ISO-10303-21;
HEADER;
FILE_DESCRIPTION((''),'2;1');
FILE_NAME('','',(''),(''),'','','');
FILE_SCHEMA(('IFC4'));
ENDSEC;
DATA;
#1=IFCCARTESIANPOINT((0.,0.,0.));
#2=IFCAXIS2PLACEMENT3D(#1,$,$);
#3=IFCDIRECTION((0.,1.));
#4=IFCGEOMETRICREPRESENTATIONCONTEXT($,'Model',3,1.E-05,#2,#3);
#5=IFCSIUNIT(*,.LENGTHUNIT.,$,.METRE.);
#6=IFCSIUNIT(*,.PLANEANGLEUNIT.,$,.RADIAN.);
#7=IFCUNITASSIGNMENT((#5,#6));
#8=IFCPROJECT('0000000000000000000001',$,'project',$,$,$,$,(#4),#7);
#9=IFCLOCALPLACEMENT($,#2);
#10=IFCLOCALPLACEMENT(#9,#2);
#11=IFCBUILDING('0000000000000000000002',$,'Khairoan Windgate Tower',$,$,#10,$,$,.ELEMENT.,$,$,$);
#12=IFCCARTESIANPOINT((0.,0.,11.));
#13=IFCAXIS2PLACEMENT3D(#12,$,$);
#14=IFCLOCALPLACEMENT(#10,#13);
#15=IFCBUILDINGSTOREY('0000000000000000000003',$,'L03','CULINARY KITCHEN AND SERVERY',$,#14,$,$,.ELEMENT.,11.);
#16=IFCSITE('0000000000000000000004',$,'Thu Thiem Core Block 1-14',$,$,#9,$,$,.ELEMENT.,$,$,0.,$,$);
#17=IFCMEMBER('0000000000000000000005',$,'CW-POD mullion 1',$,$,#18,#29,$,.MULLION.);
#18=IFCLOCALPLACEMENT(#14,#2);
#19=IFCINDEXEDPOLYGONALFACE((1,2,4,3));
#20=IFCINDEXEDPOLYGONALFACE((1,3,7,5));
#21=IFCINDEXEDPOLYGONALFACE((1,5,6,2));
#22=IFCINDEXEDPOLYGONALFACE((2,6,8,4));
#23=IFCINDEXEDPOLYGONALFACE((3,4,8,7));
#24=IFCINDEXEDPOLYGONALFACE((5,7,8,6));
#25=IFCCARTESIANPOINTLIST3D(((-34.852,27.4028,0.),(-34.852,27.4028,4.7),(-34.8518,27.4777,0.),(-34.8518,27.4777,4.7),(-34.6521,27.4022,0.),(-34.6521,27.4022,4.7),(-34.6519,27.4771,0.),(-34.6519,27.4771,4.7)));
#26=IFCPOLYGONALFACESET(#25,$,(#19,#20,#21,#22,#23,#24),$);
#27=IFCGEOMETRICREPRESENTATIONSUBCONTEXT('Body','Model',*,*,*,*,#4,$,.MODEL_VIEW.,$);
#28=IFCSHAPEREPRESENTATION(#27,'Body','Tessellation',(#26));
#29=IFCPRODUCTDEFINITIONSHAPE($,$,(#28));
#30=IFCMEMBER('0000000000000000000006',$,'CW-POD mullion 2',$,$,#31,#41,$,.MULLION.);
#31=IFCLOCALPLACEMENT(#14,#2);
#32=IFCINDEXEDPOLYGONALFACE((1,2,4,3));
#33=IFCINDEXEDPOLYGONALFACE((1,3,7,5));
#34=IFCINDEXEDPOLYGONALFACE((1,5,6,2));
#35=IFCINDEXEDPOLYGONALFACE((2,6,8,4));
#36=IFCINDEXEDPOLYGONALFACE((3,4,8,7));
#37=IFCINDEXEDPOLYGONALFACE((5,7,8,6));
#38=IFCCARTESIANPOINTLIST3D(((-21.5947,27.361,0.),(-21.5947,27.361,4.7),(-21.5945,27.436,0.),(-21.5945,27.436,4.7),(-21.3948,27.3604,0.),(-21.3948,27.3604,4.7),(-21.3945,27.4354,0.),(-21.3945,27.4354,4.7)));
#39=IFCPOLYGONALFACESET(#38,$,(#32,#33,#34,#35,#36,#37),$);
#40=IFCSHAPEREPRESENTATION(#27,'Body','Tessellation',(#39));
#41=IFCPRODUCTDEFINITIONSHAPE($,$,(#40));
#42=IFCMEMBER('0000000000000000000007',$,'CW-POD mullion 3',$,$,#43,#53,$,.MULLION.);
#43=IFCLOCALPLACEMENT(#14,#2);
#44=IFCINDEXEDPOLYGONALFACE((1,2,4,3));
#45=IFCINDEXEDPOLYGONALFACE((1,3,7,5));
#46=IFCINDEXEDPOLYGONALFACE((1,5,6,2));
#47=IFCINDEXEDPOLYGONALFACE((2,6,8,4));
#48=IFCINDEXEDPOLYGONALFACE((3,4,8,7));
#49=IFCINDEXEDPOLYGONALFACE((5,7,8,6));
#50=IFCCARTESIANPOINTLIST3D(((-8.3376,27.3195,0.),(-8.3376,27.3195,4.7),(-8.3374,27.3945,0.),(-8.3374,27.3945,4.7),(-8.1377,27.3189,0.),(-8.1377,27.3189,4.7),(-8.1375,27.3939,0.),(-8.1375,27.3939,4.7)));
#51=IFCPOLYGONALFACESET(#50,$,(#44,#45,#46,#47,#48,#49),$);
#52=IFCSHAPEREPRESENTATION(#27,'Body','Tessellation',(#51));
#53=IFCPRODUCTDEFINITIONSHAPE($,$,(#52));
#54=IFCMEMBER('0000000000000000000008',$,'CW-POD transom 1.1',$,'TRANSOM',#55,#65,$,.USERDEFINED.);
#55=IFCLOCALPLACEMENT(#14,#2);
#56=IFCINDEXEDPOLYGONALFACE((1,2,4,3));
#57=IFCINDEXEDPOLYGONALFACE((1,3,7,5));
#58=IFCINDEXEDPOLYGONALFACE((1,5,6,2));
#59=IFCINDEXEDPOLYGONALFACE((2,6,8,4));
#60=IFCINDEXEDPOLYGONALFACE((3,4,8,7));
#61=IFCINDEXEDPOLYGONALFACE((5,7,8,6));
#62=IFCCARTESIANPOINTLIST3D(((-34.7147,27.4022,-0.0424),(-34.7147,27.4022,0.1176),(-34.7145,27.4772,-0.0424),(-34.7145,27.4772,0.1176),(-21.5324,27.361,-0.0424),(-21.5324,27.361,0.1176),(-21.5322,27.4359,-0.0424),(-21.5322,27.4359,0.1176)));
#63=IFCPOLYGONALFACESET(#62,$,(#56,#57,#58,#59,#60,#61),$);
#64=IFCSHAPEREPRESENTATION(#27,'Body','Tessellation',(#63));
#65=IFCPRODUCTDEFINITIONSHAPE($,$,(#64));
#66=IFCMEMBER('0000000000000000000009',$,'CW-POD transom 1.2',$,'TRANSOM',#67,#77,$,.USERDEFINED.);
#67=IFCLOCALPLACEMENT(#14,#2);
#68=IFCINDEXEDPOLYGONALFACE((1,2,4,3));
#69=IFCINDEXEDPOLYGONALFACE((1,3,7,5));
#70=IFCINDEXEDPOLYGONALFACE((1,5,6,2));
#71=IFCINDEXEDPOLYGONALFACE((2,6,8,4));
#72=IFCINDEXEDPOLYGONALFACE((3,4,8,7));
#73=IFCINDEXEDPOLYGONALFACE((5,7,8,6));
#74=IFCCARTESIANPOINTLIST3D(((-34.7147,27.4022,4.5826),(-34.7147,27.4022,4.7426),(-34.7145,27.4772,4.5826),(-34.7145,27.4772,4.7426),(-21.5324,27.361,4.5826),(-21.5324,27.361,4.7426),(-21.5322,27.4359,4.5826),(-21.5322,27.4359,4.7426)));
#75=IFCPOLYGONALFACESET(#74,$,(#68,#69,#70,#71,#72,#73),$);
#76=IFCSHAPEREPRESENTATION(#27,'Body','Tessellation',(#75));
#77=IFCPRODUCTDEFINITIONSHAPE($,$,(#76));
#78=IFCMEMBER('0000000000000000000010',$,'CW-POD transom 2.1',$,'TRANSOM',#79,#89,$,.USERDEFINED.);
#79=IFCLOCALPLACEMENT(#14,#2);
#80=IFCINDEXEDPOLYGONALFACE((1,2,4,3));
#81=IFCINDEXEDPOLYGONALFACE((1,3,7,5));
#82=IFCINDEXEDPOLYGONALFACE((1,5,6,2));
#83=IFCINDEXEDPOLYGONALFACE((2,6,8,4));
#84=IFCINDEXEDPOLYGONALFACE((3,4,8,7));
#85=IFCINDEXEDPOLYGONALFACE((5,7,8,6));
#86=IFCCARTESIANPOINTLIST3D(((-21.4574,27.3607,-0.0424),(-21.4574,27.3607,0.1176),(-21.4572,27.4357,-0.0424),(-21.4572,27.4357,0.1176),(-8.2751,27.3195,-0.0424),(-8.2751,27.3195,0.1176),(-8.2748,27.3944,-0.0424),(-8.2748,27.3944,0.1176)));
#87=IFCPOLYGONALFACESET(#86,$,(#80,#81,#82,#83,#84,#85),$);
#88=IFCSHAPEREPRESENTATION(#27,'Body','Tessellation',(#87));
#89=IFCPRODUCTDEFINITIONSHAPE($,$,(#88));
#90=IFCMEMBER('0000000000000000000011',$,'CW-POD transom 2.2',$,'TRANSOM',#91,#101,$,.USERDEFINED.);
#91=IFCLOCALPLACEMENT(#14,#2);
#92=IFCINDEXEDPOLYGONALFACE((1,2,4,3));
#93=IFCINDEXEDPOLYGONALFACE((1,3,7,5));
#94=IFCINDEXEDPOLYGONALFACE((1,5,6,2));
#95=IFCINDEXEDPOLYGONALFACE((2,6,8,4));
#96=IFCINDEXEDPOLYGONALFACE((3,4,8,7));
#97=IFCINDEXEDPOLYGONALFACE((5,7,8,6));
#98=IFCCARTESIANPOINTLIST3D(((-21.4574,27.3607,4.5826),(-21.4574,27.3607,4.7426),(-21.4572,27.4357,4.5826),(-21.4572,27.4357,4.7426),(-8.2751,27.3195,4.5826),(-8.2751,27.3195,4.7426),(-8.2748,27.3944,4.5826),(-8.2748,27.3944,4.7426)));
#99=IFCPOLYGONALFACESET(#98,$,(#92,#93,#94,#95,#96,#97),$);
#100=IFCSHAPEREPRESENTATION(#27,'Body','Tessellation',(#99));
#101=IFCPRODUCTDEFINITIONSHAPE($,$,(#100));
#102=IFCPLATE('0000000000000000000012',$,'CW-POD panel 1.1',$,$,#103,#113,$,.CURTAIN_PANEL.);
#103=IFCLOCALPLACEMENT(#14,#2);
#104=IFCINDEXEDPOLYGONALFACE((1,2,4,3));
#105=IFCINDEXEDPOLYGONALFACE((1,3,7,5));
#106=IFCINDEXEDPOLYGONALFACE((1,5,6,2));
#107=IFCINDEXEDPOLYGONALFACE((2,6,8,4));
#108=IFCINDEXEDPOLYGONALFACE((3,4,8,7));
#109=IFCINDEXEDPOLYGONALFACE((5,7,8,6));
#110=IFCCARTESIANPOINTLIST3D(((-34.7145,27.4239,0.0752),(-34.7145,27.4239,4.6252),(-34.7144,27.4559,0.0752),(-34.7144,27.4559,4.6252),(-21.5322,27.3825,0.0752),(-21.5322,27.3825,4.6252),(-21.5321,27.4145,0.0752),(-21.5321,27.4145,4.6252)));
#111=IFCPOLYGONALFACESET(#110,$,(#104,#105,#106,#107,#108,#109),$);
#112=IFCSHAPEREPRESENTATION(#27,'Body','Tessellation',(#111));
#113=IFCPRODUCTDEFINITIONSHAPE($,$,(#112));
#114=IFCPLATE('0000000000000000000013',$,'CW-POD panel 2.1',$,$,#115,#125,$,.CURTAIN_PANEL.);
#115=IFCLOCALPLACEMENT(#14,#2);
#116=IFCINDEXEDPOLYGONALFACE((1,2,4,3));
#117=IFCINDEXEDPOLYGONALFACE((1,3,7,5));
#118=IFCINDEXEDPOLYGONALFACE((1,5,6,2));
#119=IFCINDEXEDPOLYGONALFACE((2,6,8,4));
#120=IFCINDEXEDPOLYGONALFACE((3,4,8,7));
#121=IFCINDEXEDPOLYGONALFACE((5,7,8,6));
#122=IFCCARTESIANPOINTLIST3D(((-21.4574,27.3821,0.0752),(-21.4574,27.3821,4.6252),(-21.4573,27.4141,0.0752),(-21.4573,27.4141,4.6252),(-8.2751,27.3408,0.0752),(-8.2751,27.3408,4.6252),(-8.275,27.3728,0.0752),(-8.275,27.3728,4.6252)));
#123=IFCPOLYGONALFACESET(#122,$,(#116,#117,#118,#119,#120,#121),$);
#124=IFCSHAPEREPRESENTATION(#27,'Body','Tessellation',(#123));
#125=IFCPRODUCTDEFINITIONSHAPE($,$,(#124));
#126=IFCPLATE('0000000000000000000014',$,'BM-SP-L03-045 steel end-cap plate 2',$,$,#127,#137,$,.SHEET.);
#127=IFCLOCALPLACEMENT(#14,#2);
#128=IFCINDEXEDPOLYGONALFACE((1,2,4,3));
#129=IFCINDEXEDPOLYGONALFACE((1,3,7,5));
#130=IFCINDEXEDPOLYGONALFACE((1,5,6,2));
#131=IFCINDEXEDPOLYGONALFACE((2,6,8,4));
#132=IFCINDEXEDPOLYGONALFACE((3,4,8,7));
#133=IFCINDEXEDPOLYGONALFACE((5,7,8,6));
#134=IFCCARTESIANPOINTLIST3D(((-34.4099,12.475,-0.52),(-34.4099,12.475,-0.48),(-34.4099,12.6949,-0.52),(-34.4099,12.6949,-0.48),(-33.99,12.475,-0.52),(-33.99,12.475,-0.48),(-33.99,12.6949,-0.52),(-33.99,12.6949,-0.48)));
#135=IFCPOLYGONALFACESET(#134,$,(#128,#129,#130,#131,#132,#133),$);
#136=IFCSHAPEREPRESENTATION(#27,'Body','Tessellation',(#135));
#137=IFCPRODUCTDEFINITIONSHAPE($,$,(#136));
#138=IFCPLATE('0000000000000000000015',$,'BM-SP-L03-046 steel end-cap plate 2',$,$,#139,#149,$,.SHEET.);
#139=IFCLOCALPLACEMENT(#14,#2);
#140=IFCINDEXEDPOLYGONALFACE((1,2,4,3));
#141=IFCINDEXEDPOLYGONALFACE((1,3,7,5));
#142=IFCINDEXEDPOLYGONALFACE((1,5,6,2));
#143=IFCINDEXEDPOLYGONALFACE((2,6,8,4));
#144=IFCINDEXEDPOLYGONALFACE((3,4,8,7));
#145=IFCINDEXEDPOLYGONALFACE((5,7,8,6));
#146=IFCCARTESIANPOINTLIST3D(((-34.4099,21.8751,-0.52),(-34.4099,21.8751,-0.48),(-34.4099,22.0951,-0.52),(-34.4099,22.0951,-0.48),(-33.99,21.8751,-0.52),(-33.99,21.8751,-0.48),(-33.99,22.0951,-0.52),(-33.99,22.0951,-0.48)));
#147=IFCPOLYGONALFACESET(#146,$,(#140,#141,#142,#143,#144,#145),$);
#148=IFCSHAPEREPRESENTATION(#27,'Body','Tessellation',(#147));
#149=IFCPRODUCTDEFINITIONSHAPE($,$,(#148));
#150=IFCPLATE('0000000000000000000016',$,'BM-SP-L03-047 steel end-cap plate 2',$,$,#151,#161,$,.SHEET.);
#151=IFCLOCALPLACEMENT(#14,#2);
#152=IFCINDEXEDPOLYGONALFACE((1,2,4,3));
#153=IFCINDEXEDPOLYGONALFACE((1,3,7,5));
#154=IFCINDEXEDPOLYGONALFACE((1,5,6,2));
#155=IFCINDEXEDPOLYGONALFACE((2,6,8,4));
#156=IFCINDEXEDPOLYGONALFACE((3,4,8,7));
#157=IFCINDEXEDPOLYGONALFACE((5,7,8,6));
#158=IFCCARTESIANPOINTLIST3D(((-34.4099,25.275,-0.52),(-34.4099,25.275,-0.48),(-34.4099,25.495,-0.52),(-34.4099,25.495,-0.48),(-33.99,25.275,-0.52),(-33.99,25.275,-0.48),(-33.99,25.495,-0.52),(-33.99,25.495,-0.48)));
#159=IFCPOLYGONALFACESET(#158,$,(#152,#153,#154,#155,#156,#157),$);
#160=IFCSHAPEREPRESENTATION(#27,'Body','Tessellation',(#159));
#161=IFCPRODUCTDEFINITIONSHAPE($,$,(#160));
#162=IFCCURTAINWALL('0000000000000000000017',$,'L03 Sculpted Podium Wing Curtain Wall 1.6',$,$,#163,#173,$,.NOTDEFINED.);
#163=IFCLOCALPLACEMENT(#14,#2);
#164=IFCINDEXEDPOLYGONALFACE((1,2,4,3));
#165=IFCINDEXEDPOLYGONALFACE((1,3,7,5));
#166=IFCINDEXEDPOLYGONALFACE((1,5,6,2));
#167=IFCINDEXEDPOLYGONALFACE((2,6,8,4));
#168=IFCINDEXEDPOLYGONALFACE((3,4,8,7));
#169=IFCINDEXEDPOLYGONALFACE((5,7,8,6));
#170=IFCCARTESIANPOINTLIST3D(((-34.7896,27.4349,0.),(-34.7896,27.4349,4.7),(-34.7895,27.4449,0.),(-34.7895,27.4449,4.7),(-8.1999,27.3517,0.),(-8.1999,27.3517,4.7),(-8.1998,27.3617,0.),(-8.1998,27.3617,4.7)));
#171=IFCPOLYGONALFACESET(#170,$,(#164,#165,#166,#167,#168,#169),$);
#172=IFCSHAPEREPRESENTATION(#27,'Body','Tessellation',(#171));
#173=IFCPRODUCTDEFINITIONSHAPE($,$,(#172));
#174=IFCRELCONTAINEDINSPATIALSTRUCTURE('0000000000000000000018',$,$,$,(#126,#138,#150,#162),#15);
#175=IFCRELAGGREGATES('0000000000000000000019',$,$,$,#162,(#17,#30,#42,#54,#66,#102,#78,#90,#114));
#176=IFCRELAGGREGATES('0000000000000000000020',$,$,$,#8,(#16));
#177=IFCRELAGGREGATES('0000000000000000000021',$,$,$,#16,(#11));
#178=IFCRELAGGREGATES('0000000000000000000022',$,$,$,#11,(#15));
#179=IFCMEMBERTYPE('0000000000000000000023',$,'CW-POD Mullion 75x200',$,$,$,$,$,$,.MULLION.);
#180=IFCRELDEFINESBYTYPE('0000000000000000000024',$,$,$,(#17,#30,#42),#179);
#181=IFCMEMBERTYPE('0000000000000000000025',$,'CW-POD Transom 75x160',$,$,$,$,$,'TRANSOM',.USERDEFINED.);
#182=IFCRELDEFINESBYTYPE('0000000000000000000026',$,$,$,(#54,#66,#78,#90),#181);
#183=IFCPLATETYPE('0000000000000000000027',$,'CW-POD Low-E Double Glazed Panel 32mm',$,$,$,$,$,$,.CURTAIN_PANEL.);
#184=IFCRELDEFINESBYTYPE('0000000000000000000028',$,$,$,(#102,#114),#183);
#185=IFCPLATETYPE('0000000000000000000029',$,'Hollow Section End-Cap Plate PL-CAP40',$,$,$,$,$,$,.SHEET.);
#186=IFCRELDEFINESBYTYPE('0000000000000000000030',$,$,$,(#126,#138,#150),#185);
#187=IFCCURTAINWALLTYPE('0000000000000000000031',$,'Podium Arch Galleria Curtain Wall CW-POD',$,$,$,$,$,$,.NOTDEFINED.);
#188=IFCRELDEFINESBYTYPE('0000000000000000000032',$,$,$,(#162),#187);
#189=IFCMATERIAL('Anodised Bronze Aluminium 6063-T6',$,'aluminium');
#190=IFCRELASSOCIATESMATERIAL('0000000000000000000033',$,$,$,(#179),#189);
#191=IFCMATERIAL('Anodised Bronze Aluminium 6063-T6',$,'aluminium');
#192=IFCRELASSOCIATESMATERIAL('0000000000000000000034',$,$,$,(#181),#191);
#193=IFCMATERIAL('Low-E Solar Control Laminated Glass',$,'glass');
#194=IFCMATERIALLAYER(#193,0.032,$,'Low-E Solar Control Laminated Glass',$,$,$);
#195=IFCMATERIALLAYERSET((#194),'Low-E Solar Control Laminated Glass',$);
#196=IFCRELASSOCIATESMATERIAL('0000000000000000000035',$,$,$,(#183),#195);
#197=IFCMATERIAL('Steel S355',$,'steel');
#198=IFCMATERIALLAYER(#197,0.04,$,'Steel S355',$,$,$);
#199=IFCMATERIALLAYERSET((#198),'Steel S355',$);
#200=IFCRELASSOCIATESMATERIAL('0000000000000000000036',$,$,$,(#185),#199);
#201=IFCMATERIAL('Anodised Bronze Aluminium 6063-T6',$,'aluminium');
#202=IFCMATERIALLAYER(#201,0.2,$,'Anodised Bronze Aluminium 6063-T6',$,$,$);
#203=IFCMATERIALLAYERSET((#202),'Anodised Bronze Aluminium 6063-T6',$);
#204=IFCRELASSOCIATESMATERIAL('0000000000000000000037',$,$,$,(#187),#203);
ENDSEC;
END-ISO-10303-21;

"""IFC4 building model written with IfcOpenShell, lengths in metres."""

from ifc_helpers import new_model, si_unit, direction, frame, frame_2d, origin, origin_2d, place, context, subcontext, project, spatial, rectangle, extrude, material, layer, layer_set, material_profile, profile_set, type_object, element, aggregate, save


model = new_model("IFC4")

# Units and contexts
model_context = context("Model", 3, precision=1e-05, world=origin(), true_north=direction((0.0, 1.0)))
body_context = subcontext(model_context, "Body", "Model", "MODEL_VIEW")
ifc_project = project(units=[si_unit("LENGTHUNIT", "METRE"), si_unit("PLANEANGLEUNIT", "RADIAN")], contexts=[model_context])

# Site, building, storey
site_placement = place(None, origin())
site = spatial("IfcSite", under=ifc_project, at=site_placement, Name="Thu Thiem Core Block 1-14", CompositionType="ELEMENT", RefElevation=0.0)
building_placement = place(site_placement, origin())
building = spatial("IfcBuilding", under=site, at=building_placement, Name="Khairoan Windgate Tower", CompositionType="ELEMENT")
storey_placement = place(building_placement, frame((0.0, 0.0, 11.0)))
storey = spatial("IfcBuildingStorey", under=building, at=storey_placement, Name="L03", Description="CULINARY KITCHEN AND SERVERY", CompositionType="ELEMENT", Elevation=11.0)

# Members
ifc_material_1 = material(Name="Anodised Bronze Aluminium 6063-T6", Category="aluminium")
ifc_material_profile_1 = material_profile(ifc_material_1, rectangle(XDim=0.075, YDim=0.2, at=origin_2d()))
ifc_profile_set_1 = profile_set([ifc_material_profile_1], Name="Anodised Bronze Aluminium 6063-T6")
member_type_1 = type_object("IfcMemberType", Name="CW-POD Mullion 75x200", PredefinedType="MULLION", material=ifc_profile_set_1)
member_1_placement = place(storey_placement, frame((-34.752, 27.4399, 0.0), z_axis=(0.0, 0.0, 1.0), x_axis=(0.003137, 0.999995, 0.0)))
member_1 = element("IfcMember", 1, at=member_1_placement, type_object=member_type_1, Name="CW-POD mullion 1", PredefinedType="MULLION", context=body_context, shape_type="SweptSolid", body=[
    extrude(rectangle(XDim=0.075, YDim=0.2, at=origin_2d()), origin(), (0.0, 0.0, 1.0), 4.7),
])
member_2_placement = place(storey_placement, frame((-21.4946, 27.3982, 0.0), z_axis=(0.0, 0.0, 1.0), x_axis=(0.003137, 0.999995, 0.0)))
member_2 = element("IfcMember", 2, at=member_2_placement, type_object=member_type_1, Name="CW-POD mullion 2", PredefinedType="MULLION", context=body_context, shape_type="SweptSolid", body=[
    extrude(rectangle(XDim=0.075, YDim=0.2, at=origin_2d()), origin(), (0.0, 0.0, 1.0), 4.7),
])
member_3_placement = place(storey_placement, frame((-8.2375, 27.3567, 0.0), z_axis=(0.0, 0.0, 1.0), x_axis=(0.003137, 0.999995, 0.0)))
member_3 = element("IfcMember", 3, at=member_3_placement, type_object=member_type_1, Name="CW-POD mullion 3", PredefinedType="MULLION", context=body_context, shape_type="SweptSolid", body=[
    extrude(rectangle(XDim=0.075, YDim=0.2, at=origin_2d()), origin(), (0.0, 0.0, 1.0), 4.7),
])
ifc_material_2 = material(Name="Anodised Bronze Aluminium 6063-T6", Category="aluminium")
ifc_material_profile_2 = material_profile(ifc_material_2, rectangle(XDim=0.075, YDim=0.1599, at=origin_2d()))
ifc_profile_set_2 = profile_set([ifc_material_profile_2], Name="Anodised Bronze Aluminium 6063-T6")
member_type_2 = type_object("IfcMemberType", Name="CW-POD Transom 75x160", ElementType="TRANSOM", PredefinedType="USERDEFINED", material=ifc_profile_set_2)
member_4_placement = place(storey_placement, frame((-34.7146, 27.4397, 0.0376), z_axis=(0.999995, -0.00313, 0.0), x_axis=(0.00313, 0.999995, 0.0)))
member_4 = element("IfcMember", 4, at=member_4_placement, type_object=member_type_2, Name="CW-POD transom 1.1", ObjectType="TRANSOM", PredefinedType="USERDEFINED", context=body_context, shape_type="SweptSolid", body=[
    extrude(rectangle(XDim=0.075, YDim=0.1599, at=origin_2d()), origin(), (0.0, 0.0, 1.0), 13.1824),
])
member_5_placement = place(storey_placement, frame((-34.7146, 27.4397, 4.6626), z_axis=(0.999995, -0.00313, 0.0), x_axis=(0.00313, 0.999995, 0.0)))
member_5 = element("IfcMember", 5, at=member_5_placement, type_object=member_type_2, Name="CW-POD transom 1.2", ObjectType="TRANSOM", PredefinedType="USERDEFINED", context=body_context, shape_type="SweptSolid", body=[
    extrude(rectangle(XDim=0.075, YDim=0.1599, at=origin_2d()), origin(), (0.0, 0.0, 1.0), 13.1824),
])
member_6_placement = place(storey_placement, frame((-21.4573, 27.3982, 0.0376), z_axis=(0.999995, -0.00313, 0.0), x_axis=(0.00313, 0.999995, 0.0)))
member_6 = element("IfcMember", 6, at=member_6_placement, type_object=member_type_2, Name="CW-POD transom 2.1", ObjectType="TRANSOM", PredefinedType="USERDEFINED", context=body_context, shape_type="SweptSolid", body=[
    extrude(rectangle(XDim=0.075, YDim=0.1599, at=origin_2d()), origin(), (0.0, 0.0, 1.0), 13.1824),
])
member_7_placement = place(storey_placement, frame((-21.4573, 27.3982, 4.6626), z_axis=(0.999995, -0.00313, 0.0), x_axis=(0.00313, 0.999995, 0.0)))
member_7 = element("IfcMember", 7, at=member_7_placement, type_object=member_type_2, Name="CW-POD transom 2.2", ObjectType="TRANSOM", PredefinedType="USERDEFINED", context=body_context, shape_type="SweptSolid", body=[
    extrude(rectangle(XDim=0.075, YDim=0.1599, at=origin_2d()), origin(), (0.0, 0.0, 1.0), 13.1824),
])

# Plates
ifc_material_3 = material(Name="Low-E Solar Control Laminated Glass", Category="glass")
ifc_layer_1 = layer(ifc_material_3, 0.032, Name="Low-E Solar Control Laminated Glass")
ifc_layer_set_1 = layer_set([ifc_layer_1], Name="Low-E Solar Control Laminated Glass")
plate_type_1 = type_object("IfcPlateType", Name="CW-POD Low-E Double Glazed Panel 32mm", PredefinedType="CURTAIN_PANEL", material=ifc_layer_set_1)
plate_1_placement = place(storey_placement, frame((-28.1233, 27.4192, 0.0752), z_axis=(0.0, 0.0, 1.0), x_axis=(0.999995, -0.003137, 0.0)))
plate_1 = element("IfcPlate", 8, at=plate_1_placement, type_object=plate_type_1, Name="CW-POD panel 1.1", PredefinedType="CURTAIN_PANEL", context=body_context, shape_type="SweptSolid", body=[
    extrude(rectangle(XDim=13.1824, YDim=0.032, at=origin_2d()), origin(), (0.0, 0.0, 1.0), 4.55),
])
plate_2_placement = place(storey_placement, frame((-14.8662, 27.3774, 0.0752), z_axis=(0.0, 0.0, 1.0), x_axis=(0.999995, -0.003137, 0.0)))
plate_2 = element("IfcPlate", 9, at=plate_2_placement, type_object=plate_type_1, Name="CW-POD panel 2.1", PredefinedType="CURTAIN_PANEL", context=body_context, shape_type="SweptSolid", body=[
    extrude(rectangle(XDim=13.1824, YDim=0.032, at=origin_2d()), origin(), (0.0, 0.0, 1.0), 4.55),
])

# Plates
ifc_material_4 = material(Name="Steel S355", Category="steel")
ifc_layer_2 = layer(ifc_material_4, 0.04, Name="Steel S355")
ifc_layer_set_2 = layer_set([ifc_layer_2], Name="Steel S355")
plate_type_2 = type_object("IfcPlateType", Name="Hollow Section End-Cap Plate PL-CAP40", PredefinedType="SHEET", material=ifc_layer_set_2)
for number, where, z_axis, x_axis, name in (
    (10, (-34.2, 12.585, -0.52), (0.0, 0.0, 1.0), (0.0, 1.0, 0.0), "BM-SP-L03-045 steel end-cap plate 2"),
    (11, (-34.2, 21.9851, -0.52), (0.0, 0.0, 1.0), (0.0, 1.0, 0.0), "BM-SP-L03-046 steel end-cap plate 2"),
    (12, (-34.2, 25.385, -0.52), (0.0, 0.0, 1.0), (0.0, 1.0, 0.0), "BM-SP-L03-047 steel end-cap plate 2"),
):
    element("IfcPlate", number, at=place(storey_placement, frame(where, z_axis=z_axis, x_axis=x_axis)), inside=storey, type_object=plate_type_2, Name=name, PredefinedType="SHEET", context=body_context, shape_type="SweptSolid", body=[
        extrude(rectangle(XDim=0.22, YDim=0.4199, at=origin_2d()), origin(), (0.0, 0.0, 1.0), 0.04),
    ])

# Curtain wall
ifc_material_5 = material(Name="Anodised Bronze Aluminium 6063-T6", Category="aluminium")
ifc_layer_3 = layer(ifc_material_5, 0.2, Name="Anodised Bronze Aluminium 6063-T6")
ifc_layer_set_3 = layer_set([ifc_layer_3], Name="Anodised Bronze Aluminium 6063-T6")
curtain_wall_type = type_object("IfcCurtainWallType", Name="Podium Arch Galleria Curtain Wall CW-POD", PredefinedType="NOTDEFINED", material=ifc_layer_set_3)
curtain_wall_placement = place(storey_placement, frame((-34.7896, 27.4399, 0.0), z_axis=(0.0, 0.0, 1.0), x_axis=(0.999995, -0.003131, 0.0)))
curtain_wall = element("IfcCurtainWall", 13, at=curtain_wall_placement, inside=storey, type_object=curtain_wall_type, Name="L03 Sculpted Podium Wing Curtain Wall 1.6", PredefinedType="NOTDEFINED", context=body_context, shape_type="SweptSolid", body=[
    extrude(rectangle(XDim=26.5898, YDim=0.01, at=frame_2d((13.2949, 0.0))), origin(), (0.0, 0.0, 1.0), 4.7),
])
aggregate(curtain_wall, [member_1, member_2, member_3, member_4, member_5, plate_1, member_6, member_7, plate_2])

save(model, "model.ifc")
